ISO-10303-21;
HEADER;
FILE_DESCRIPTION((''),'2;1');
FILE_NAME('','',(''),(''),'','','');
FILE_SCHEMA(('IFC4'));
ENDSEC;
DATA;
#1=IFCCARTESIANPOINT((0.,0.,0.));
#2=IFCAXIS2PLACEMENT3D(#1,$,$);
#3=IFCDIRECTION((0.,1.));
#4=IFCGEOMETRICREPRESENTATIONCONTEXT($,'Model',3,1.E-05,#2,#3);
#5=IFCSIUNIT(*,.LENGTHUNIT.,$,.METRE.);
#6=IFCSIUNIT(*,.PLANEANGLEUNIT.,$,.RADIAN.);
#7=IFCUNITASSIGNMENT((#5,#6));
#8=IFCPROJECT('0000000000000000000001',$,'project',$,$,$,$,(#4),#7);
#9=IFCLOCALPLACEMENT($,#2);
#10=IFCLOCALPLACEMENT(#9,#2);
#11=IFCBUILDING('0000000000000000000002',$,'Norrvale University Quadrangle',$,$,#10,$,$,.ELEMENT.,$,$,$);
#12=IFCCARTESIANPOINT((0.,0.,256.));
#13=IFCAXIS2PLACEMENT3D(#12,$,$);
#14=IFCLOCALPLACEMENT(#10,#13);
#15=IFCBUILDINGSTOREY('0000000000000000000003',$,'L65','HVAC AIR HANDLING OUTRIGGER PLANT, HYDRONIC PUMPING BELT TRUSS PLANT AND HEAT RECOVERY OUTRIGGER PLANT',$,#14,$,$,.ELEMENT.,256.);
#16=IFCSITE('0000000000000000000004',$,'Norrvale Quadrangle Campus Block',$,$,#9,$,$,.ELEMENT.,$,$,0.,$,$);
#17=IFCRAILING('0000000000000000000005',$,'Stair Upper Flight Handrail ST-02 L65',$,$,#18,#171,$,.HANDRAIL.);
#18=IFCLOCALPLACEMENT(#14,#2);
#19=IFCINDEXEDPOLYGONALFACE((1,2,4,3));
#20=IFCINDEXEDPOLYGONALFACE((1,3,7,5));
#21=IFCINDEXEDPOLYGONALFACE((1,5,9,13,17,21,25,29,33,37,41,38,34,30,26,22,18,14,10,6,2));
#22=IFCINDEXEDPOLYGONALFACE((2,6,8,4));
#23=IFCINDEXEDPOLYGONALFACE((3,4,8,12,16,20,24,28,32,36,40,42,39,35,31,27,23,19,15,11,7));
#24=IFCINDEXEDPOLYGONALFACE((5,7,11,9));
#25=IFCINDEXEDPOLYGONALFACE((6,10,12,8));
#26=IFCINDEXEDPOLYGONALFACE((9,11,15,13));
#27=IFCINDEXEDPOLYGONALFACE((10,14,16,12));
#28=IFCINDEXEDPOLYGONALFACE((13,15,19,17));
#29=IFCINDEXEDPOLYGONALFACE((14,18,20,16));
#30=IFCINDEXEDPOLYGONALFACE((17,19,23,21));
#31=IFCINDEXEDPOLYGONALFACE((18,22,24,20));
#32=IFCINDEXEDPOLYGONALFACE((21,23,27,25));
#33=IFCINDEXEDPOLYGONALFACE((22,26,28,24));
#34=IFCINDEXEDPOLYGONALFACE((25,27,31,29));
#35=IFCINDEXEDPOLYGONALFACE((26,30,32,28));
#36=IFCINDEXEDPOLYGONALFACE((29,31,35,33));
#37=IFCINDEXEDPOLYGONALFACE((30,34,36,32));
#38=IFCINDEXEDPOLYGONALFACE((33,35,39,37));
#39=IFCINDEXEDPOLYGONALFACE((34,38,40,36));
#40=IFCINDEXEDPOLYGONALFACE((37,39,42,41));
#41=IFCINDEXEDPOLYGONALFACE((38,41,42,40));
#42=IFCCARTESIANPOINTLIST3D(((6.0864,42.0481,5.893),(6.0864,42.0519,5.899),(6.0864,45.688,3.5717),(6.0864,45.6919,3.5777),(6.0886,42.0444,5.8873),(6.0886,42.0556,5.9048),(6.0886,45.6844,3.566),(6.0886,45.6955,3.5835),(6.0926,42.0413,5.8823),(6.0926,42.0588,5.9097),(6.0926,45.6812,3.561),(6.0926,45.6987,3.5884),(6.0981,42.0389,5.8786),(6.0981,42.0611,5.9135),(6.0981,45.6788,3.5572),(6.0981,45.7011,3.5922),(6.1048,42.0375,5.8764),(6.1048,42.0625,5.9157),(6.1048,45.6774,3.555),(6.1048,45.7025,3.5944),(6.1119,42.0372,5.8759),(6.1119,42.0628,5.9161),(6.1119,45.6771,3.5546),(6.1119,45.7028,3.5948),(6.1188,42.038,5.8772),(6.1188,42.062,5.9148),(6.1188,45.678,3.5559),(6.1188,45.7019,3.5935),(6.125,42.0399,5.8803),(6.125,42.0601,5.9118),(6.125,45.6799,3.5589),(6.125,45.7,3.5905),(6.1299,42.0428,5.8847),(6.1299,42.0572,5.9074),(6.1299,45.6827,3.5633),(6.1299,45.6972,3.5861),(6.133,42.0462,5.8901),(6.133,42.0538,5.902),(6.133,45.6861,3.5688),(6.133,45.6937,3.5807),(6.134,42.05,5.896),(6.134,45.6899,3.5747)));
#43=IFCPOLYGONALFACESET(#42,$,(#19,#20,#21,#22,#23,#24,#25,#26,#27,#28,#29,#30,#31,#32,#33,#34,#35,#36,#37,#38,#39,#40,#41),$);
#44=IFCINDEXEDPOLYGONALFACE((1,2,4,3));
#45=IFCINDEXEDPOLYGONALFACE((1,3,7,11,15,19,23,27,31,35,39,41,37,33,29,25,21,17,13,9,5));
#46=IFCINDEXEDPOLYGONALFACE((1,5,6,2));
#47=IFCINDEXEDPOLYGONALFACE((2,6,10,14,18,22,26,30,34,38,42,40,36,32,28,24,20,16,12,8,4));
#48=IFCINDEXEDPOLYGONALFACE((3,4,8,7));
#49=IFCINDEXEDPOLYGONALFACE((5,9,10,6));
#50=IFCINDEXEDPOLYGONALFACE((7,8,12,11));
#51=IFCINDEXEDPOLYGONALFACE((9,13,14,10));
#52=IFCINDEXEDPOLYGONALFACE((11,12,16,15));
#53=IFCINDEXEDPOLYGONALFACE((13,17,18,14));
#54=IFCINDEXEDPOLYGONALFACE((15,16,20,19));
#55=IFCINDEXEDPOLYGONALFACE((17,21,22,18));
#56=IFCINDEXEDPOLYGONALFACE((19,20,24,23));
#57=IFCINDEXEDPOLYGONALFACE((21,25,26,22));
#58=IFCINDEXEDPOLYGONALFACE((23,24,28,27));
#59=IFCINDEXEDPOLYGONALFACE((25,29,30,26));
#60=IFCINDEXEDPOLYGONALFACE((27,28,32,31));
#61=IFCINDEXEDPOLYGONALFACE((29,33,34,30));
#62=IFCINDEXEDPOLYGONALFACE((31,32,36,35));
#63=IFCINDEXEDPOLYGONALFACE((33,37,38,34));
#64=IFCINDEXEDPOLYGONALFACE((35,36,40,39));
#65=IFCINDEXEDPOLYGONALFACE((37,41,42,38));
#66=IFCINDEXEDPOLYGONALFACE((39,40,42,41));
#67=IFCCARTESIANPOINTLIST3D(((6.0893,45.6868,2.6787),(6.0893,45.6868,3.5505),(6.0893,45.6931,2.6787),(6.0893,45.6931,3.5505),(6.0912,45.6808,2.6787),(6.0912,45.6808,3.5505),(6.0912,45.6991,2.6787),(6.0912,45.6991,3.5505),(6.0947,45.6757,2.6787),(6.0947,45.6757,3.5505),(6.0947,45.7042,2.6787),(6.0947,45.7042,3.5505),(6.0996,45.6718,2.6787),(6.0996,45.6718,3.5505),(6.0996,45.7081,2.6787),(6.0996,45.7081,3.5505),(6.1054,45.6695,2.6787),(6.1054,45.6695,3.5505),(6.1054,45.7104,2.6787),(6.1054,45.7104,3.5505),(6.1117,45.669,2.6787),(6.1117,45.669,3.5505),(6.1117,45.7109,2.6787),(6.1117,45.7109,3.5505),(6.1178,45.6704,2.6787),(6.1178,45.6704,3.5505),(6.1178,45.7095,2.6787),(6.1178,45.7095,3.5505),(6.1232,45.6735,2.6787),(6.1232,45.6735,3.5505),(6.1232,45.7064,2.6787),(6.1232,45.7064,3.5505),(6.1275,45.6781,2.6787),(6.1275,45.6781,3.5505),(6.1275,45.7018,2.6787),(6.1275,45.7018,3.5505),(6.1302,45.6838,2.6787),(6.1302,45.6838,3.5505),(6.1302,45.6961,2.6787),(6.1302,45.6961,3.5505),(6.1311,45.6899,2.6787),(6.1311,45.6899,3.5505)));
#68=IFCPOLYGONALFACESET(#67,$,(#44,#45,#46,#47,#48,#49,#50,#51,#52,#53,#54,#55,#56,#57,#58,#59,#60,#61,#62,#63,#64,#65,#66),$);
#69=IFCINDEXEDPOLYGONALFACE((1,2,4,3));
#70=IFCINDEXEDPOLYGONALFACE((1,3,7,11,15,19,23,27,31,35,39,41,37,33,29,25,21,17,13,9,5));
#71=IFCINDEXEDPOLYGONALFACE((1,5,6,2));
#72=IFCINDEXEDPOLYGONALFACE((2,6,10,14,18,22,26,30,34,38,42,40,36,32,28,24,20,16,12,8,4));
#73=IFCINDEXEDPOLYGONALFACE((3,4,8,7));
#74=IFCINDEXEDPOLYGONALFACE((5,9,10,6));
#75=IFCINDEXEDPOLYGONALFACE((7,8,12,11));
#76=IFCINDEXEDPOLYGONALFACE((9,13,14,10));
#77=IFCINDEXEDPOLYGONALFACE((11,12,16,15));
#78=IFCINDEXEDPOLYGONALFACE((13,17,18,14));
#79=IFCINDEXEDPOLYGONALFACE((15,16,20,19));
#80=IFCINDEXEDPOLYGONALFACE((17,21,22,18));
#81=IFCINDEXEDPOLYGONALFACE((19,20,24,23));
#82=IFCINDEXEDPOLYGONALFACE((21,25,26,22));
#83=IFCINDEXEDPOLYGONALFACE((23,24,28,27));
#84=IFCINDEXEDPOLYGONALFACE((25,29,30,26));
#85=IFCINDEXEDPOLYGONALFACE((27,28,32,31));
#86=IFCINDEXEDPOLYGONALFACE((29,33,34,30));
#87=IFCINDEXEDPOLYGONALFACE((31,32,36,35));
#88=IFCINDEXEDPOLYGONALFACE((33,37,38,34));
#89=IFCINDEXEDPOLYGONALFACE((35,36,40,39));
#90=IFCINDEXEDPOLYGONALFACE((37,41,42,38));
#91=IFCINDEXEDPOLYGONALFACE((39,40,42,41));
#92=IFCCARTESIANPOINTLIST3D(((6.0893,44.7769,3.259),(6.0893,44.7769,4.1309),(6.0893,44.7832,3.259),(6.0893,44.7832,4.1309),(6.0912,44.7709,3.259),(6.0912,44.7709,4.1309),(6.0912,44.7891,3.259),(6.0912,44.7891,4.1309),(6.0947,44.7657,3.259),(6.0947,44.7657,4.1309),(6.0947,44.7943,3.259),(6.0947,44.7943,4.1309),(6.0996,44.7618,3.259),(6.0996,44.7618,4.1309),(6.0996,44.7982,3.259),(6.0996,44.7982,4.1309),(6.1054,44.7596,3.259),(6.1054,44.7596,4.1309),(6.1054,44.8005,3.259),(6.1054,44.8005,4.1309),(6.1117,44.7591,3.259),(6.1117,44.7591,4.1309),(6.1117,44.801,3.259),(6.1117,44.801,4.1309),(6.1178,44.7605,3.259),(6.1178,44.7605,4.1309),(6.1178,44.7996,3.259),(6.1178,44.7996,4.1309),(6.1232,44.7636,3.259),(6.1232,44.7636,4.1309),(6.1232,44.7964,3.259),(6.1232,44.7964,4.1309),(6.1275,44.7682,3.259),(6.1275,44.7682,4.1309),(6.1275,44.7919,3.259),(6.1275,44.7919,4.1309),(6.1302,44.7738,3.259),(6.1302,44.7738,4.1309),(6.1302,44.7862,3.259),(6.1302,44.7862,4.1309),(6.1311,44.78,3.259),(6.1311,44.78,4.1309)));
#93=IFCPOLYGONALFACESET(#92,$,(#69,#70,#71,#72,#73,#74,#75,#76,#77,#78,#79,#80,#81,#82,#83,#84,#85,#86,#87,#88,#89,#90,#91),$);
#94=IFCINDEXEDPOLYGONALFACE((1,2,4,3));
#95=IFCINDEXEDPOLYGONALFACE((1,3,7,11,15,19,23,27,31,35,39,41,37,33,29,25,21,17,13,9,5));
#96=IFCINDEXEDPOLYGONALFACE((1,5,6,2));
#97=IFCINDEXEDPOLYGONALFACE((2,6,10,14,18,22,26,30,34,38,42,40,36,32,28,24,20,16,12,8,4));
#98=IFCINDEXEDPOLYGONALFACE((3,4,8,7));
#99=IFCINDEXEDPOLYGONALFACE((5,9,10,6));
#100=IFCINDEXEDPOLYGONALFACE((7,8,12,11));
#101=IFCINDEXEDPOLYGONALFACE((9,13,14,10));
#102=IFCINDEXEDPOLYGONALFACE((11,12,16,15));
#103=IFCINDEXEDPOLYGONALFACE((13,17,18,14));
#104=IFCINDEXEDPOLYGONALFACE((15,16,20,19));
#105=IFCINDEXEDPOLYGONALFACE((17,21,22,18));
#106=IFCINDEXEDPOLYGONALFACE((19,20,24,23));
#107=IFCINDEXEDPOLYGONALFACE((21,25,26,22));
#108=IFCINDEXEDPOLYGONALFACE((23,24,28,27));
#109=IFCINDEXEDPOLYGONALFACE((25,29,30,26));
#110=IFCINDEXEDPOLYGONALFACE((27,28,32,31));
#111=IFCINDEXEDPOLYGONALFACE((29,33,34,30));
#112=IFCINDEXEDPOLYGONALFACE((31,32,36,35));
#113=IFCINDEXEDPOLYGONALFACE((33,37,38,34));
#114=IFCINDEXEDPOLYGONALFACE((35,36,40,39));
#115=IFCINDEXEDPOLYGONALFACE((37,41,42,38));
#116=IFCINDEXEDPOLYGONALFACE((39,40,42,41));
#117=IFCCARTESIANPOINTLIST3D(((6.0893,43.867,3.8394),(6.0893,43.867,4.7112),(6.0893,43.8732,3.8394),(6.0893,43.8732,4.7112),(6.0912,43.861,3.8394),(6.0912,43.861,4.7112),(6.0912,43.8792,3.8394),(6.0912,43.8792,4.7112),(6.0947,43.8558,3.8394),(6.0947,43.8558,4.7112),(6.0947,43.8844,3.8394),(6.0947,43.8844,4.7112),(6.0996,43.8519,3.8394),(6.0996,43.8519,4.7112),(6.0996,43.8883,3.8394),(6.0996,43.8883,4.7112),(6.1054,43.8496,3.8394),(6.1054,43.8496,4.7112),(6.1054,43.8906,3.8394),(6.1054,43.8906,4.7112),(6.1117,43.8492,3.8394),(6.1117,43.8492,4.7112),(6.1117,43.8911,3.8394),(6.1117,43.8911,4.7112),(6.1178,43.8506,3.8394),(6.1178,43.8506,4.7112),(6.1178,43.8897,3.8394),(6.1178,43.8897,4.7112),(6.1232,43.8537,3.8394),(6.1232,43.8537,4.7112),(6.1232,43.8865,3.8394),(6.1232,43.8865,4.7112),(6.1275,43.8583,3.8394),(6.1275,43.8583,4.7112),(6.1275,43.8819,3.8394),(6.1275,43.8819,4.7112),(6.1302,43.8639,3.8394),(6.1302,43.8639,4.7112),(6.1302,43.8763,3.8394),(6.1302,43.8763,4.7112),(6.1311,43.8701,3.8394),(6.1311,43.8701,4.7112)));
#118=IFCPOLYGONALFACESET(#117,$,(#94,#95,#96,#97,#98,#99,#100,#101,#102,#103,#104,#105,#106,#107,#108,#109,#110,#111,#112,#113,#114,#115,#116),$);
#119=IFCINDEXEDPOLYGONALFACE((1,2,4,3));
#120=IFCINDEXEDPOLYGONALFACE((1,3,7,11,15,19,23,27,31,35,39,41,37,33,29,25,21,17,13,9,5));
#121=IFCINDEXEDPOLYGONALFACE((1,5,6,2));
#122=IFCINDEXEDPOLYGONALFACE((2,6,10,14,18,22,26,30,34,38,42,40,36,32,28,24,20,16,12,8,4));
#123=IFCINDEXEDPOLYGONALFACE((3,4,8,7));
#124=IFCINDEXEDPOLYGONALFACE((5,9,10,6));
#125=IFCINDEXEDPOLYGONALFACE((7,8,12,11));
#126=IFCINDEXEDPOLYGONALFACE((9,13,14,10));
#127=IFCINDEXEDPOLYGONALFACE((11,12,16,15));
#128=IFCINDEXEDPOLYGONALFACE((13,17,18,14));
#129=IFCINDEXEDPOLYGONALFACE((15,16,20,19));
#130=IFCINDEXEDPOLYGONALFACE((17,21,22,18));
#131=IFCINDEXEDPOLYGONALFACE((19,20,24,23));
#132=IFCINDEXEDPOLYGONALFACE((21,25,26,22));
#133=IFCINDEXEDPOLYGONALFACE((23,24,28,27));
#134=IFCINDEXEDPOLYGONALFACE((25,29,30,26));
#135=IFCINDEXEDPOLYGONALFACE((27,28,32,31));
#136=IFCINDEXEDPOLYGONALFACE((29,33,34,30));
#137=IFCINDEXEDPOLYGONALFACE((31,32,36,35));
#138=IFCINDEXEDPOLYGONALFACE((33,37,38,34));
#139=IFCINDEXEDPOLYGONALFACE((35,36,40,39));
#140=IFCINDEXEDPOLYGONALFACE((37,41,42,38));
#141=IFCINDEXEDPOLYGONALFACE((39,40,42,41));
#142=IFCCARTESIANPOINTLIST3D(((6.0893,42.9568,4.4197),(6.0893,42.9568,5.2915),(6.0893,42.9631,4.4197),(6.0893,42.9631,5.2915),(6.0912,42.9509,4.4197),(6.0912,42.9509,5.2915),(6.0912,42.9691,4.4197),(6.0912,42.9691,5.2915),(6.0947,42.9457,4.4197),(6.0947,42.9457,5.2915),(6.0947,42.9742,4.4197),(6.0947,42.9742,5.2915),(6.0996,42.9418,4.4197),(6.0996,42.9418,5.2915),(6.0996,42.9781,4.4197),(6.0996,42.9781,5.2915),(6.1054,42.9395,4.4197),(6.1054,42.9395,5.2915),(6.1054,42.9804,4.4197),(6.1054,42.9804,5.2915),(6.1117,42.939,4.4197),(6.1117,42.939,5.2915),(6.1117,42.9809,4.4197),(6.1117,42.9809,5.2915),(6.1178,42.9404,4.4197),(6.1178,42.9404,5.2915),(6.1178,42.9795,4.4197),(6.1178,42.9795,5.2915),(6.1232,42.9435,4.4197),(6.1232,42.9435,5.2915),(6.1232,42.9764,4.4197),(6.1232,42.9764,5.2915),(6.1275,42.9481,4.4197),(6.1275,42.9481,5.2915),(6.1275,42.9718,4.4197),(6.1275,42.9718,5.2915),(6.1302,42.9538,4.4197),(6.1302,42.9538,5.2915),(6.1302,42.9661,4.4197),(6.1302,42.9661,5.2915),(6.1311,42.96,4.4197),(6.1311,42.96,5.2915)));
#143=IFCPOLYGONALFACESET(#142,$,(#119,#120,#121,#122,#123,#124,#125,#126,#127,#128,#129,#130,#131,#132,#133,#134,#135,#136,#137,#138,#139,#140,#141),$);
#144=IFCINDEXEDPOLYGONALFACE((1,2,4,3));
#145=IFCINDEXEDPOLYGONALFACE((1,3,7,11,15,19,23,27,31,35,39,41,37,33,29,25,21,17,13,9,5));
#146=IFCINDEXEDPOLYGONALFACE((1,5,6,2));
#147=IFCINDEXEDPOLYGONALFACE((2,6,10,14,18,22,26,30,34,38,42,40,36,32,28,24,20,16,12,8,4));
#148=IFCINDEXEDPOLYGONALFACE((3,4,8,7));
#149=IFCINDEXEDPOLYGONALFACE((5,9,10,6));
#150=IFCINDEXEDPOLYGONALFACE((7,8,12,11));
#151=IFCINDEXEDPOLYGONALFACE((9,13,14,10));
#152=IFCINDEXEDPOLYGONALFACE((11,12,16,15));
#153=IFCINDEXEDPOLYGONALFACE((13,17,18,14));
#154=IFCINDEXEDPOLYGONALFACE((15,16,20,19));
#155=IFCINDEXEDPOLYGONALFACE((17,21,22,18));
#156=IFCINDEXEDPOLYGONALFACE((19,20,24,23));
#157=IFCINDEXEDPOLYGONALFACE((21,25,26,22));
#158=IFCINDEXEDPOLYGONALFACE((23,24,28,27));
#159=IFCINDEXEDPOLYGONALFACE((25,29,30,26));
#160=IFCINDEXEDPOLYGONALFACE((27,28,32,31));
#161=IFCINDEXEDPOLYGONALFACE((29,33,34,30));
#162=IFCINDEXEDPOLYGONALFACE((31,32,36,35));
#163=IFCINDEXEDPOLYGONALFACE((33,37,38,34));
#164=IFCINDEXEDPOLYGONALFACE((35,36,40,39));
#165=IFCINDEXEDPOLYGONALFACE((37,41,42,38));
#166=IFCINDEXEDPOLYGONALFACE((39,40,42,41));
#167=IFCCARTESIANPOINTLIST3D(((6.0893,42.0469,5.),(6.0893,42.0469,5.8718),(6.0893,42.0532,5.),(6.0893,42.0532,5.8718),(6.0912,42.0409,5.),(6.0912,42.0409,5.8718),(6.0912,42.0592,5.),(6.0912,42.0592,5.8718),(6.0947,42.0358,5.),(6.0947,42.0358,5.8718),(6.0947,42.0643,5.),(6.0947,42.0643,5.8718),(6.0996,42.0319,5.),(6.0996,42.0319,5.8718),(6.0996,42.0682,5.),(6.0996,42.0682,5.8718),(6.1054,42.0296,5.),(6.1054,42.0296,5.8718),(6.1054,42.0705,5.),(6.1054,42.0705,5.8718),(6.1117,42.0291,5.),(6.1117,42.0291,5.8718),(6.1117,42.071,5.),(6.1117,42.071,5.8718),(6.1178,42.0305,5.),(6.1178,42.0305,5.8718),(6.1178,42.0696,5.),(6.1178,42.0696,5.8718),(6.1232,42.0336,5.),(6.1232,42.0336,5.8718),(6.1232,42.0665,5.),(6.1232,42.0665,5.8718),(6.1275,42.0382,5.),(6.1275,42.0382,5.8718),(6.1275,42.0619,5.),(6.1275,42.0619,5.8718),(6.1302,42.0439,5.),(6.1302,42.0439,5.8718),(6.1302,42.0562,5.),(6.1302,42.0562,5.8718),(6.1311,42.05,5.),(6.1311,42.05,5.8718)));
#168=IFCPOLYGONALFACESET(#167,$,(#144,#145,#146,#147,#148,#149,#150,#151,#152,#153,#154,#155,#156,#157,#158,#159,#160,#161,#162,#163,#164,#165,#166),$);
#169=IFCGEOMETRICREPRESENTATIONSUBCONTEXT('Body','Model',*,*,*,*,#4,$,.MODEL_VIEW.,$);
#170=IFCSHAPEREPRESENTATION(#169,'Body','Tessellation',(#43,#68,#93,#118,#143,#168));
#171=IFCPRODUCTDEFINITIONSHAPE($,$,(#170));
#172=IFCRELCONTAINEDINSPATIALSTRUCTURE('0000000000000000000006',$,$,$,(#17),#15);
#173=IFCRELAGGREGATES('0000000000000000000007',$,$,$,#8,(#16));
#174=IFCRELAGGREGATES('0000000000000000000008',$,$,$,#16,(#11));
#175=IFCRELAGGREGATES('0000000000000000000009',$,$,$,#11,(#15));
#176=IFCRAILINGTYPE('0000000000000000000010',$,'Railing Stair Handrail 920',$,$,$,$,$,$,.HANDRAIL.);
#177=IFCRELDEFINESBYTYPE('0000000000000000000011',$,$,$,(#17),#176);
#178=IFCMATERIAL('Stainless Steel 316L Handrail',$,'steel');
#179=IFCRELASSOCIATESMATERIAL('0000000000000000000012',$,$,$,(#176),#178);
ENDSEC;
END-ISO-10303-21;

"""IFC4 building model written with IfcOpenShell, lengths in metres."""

from ifc_helpers import new_model, si_unit, direction, frame, origin, origin_2d, place, context, subcontext, project, spatial, circle, extrude, material, type_object, element, save


model = new_model("IFC4")

# Units and contexts
model_context = context("Model", 3, precision=1e-05, world=origin(), true_north=direction((0.0, 1.0)))
body_context = subcontext(model_context, "Body", "Model", "MODEL_VIEW")
ifc_project = project(units=[si_unit("LENGTHUNIT", "METRE"), si_unit("PLANEANGLEUNIT", "RADIAN")], contexts=[model_context])

# Site, building, storey
site_placement = place(None, origin())
site = spatial("IfcSite", under=ifc_project, at=site_placement, Name="Norrvale Quadrangle Campus Block", CompositionType="ELEMENT", RefElevation=0.0)
building_placement = place(site_placement, origin())
building = spatial("IfcBuilding", under=site, at=building_placement, Name="Norrvale University Quadrangle", CompositionType="ELEMENT")
storey_placement = place(building_placement, frame((0.0, 0.0, 256.0)))
storey = spatial("IfcBuildingStorey", under=building, at=storey_placement, Name="L65", Description="HVAC AIR HANDLING OUTRIGGER PLANT, HYDRONIC PUMPING BELT TRUSS PLANT AND HEAT RECOVERY OUTRIGGER PLANT", CompositionType="ELEMENT", Elevation=256.0)

# Railing
ifc_material_1 = material(Name="Stainless Steel 316L Handrail", Category="steel")
railing_type_1 = type_object("IfcRailingType", Name="Railing Stair Handrail 920", PredefinedType="HANDRAIL", material=ifc_material_1)
railing_1_placement = place(storey_placement, frame((6.1101, 45.6899, 2.6787)))
element("IfcRailing", 1, at=railing_1_placement, inside=storey, type_object=railing_type_1, Name="Stair Upper Flight Handrail ST-02 L65", PredefinedType="HANDRAIL", context=body_context, shape_type="SweptSolid", body=[
    extrude(circle(Radius=0.0239, at=origin_2d()), frame((0.0, 0.0, 0.896), z_axis=(0.0, -0.843137, 0.537699), x_axis=(1.0, 0.0, 0.0)), (0.0, 0.0, 1.0), 4.3171),
    extrude(circle(Radius=0.021, at=origin_2d()), origin(), (0.0, 0.0, 1.0), 0.8718),
    extrude(circle(Radius=0.021, at=origin_2d()), frame((0.0, -0.9099, 0.5803)), (0.0, 0.0, 1.0), 0.8718),
    extrude(circle(Radius=0.021, at=origin_2d()), frame((0.0, -1.8198, 1.1606)), (0.0, 0.0, 1.0), 0.8718),
    extrude(circle(Radius=0.021, at=origin_2d()), frame((0.0, -2.73, 1.741)), (0.0, 0.0, 1.0), 0.8718),
    extrude(circle(Radius=0.021, at=origin_2d()), frame((0.0, -3.6399, 2.3213)), (0.0, 0.0, 1.0), 0.8718),
])

save(model, "model.ifc")
